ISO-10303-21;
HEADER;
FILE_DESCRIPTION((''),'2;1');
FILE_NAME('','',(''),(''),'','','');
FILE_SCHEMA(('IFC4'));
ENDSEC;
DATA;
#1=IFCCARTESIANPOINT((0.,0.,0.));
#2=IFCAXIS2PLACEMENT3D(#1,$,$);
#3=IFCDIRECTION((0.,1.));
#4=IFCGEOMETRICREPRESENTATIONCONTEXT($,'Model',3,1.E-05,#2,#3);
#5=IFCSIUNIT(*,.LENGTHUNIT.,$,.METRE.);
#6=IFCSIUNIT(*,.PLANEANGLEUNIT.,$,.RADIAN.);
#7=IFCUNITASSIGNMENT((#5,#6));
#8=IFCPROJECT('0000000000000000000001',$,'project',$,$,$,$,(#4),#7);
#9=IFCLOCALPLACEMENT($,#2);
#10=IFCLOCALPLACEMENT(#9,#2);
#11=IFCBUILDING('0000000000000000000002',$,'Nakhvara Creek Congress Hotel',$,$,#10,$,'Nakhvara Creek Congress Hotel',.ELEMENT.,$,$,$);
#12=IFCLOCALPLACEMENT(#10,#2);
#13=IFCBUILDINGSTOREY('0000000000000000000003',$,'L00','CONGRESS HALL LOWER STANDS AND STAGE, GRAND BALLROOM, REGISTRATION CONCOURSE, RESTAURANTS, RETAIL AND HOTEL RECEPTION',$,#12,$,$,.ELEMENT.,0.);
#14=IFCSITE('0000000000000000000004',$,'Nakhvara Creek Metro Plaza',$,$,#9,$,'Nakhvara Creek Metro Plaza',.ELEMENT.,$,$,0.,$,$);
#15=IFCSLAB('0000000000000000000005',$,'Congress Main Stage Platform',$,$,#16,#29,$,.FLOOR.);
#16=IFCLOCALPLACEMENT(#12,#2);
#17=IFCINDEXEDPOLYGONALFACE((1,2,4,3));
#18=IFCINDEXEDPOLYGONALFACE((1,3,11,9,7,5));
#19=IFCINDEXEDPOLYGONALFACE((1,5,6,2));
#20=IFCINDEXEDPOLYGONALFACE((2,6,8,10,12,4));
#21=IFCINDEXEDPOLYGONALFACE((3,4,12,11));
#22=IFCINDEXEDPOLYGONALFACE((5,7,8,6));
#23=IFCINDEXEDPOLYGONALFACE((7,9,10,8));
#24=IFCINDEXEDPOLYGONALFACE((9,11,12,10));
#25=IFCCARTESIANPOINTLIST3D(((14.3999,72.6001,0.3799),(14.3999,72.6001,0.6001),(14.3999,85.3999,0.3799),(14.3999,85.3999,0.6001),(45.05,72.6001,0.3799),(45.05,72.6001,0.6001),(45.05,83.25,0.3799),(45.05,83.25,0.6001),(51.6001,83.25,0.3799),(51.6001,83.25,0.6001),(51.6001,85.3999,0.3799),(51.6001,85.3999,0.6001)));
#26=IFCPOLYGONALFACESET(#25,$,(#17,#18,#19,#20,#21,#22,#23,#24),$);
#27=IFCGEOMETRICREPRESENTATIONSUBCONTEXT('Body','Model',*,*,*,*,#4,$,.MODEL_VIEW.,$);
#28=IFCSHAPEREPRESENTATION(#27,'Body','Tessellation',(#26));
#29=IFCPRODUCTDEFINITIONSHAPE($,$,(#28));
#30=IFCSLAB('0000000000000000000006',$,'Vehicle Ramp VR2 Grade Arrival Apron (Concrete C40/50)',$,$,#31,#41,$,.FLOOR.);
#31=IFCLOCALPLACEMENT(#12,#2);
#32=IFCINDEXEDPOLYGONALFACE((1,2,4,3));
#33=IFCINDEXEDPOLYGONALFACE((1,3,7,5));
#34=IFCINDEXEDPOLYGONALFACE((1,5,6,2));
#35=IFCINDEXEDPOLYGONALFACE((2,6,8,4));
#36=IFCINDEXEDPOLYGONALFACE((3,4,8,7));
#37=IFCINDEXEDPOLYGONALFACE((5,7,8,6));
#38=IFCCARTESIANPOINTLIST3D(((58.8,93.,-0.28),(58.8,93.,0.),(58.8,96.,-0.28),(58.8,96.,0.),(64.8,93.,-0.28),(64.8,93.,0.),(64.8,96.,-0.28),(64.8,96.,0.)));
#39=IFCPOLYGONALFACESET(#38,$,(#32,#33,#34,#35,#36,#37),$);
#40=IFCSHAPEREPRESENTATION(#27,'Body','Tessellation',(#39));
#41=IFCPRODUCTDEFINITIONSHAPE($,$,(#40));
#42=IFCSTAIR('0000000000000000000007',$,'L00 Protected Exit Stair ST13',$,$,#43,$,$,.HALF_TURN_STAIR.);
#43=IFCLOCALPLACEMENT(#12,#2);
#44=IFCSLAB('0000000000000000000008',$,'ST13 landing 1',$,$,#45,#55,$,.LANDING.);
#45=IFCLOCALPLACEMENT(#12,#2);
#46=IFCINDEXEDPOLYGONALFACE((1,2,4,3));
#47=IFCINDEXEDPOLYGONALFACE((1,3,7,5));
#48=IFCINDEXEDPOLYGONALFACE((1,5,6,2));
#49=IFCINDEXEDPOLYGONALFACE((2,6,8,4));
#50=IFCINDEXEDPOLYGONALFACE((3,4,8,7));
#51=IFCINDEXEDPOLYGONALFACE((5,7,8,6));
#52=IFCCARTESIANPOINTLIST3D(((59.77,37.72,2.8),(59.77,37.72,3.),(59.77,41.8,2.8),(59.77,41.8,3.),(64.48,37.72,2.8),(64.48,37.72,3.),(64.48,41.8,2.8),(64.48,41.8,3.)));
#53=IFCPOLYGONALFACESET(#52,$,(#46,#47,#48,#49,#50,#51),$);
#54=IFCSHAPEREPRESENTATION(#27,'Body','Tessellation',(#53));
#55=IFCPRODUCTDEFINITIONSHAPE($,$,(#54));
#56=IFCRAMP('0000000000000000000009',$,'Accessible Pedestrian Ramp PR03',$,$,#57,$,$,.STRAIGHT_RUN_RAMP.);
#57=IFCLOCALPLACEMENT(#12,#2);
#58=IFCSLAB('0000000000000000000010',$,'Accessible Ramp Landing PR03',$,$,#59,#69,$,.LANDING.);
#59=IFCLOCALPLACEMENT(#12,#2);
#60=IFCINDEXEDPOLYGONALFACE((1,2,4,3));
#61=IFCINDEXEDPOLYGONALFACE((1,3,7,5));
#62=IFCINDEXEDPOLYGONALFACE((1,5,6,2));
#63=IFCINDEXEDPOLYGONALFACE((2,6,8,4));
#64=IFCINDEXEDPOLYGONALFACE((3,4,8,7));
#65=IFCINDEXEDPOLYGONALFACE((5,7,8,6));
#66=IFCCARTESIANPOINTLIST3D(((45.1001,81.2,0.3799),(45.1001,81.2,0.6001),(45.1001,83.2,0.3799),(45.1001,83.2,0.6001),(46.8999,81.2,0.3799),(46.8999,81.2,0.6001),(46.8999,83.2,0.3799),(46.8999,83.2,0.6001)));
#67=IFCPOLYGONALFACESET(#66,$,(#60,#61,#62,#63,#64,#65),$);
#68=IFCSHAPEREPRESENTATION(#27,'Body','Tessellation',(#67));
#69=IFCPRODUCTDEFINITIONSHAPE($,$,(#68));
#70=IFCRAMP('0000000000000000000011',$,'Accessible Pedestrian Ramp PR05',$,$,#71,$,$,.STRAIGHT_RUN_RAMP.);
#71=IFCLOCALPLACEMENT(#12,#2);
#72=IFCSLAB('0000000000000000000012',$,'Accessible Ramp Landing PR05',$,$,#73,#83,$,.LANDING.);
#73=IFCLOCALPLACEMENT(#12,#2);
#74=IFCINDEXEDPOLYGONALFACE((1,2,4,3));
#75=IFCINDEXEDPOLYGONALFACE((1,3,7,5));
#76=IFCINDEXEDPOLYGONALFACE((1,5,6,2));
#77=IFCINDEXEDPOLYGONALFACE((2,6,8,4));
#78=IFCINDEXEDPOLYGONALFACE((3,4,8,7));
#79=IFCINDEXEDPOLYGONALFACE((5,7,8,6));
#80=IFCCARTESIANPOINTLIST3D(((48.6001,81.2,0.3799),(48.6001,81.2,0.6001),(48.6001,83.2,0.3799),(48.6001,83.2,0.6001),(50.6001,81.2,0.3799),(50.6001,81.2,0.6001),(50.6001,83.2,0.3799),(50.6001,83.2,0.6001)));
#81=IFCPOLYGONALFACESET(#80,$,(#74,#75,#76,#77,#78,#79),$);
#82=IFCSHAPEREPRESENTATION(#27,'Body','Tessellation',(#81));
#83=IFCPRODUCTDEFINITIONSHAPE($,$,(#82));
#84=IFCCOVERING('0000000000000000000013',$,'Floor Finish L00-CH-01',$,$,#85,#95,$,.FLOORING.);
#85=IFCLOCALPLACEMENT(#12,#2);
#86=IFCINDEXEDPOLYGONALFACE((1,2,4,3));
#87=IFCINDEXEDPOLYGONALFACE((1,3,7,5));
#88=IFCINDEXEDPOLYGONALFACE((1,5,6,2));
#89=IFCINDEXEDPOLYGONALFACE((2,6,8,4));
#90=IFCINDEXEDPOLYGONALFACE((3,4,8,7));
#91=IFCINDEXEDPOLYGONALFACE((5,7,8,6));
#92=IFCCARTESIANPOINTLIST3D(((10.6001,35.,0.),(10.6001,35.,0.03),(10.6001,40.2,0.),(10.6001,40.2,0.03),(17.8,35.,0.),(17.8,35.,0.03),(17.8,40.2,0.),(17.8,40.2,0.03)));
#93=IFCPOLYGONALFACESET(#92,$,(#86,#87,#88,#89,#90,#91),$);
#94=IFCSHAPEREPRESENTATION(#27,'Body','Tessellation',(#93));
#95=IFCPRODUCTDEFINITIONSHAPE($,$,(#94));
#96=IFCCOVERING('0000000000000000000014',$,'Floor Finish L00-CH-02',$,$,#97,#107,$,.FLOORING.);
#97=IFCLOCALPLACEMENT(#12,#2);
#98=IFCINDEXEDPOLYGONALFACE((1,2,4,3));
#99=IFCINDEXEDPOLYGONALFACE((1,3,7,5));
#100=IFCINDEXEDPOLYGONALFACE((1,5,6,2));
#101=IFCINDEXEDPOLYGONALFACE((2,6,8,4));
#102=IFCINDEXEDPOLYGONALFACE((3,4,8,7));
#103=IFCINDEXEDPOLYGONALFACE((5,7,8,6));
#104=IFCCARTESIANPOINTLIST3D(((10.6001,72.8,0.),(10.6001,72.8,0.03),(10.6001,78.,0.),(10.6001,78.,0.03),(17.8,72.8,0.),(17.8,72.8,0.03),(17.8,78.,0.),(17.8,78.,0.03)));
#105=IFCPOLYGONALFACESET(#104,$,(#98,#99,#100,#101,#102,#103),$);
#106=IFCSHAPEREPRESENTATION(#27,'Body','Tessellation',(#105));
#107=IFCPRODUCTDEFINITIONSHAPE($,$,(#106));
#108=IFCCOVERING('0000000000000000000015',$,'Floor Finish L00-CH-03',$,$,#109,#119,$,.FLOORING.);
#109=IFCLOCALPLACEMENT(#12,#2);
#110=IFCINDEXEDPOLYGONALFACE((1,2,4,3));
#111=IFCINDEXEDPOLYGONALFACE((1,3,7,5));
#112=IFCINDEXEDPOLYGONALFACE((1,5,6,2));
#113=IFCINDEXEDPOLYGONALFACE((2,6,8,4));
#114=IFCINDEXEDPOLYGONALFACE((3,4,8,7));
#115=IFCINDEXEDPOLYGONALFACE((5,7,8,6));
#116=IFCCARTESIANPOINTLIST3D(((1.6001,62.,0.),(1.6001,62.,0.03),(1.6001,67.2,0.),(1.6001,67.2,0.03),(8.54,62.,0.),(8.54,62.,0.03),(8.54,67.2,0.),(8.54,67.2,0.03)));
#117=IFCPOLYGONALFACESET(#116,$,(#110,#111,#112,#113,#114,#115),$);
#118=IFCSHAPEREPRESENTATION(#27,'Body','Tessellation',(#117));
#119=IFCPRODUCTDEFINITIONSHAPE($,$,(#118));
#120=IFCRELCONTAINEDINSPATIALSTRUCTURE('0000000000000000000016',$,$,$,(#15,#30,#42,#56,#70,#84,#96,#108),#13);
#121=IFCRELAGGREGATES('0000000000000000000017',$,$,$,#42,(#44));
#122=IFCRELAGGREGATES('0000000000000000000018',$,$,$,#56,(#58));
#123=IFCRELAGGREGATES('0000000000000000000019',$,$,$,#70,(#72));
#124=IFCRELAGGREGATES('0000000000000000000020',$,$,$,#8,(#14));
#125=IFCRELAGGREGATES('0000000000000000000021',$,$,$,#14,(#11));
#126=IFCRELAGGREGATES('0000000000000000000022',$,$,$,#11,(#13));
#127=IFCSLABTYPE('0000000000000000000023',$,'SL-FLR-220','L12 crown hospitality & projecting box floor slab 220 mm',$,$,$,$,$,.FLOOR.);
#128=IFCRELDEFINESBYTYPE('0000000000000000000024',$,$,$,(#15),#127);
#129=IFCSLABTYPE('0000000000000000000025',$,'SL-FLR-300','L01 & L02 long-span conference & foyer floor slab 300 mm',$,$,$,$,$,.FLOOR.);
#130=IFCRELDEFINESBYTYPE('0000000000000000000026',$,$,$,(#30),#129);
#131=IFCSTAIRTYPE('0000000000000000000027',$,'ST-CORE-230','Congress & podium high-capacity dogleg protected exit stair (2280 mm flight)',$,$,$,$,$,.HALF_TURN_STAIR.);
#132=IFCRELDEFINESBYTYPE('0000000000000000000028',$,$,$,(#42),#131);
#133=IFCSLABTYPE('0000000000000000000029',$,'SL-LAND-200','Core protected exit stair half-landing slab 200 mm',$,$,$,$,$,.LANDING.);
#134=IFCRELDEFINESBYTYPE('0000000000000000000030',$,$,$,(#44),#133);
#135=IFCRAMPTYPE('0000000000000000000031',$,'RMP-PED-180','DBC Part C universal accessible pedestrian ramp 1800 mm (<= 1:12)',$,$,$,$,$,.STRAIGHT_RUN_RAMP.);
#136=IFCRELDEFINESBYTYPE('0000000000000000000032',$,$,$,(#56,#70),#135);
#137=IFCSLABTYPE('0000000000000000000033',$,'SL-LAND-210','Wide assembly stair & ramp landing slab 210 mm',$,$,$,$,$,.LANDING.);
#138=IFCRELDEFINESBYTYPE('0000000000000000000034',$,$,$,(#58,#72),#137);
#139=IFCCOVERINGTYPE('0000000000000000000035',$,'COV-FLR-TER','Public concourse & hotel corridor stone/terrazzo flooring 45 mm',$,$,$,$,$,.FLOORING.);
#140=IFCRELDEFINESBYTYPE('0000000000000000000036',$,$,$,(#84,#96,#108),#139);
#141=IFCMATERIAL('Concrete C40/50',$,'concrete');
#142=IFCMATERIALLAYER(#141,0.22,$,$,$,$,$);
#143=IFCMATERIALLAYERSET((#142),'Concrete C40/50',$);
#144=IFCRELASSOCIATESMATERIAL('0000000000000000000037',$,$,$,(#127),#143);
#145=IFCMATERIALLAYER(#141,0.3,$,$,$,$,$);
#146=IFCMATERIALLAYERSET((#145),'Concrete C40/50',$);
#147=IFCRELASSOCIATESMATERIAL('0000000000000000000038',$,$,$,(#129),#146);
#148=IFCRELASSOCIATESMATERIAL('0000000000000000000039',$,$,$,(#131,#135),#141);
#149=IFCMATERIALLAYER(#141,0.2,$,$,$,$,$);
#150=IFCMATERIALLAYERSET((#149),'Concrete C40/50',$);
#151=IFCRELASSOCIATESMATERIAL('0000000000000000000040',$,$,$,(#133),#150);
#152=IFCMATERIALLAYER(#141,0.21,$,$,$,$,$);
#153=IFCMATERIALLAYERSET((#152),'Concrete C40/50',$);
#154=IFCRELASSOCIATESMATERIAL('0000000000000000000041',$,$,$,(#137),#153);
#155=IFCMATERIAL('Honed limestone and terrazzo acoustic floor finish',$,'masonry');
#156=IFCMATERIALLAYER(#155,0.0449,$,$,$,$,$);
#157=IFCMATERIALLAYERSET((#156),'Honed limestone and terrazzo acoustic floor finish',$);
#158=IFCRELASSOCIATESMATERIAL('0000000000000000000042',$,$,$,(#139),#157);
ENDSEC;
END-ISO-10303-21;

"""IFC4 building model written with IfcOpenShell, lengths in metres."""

from ifc_helpers import new_model, si_unit, direction, frame, origin, place, context, subcontext, project, spatial, polyline, outline, extrude, material, layer, layer_set, type_object, element, aggregate, save


model = new_model("IFC4")

# Units and contexts
model_context = context("Model", 3, precision=1e-05, world=origin(), true_north=direction((0.0, 1.0)))
body_context = subcontext(model_context, "Body", "Model", "MODEL_VIEW")
ifc_project = project(units=[si_unit("LENGTHUNIT", "METRE"), si_unit("PLANEANGLEUNIT", "RADIAN")], contexts=[model_context])

# Site, building, storey
site_placement = place(None, origin())
site = spatial("IfcSite", under=ifc_project, at=site_placement, Name="Nakhvara Creek Metro Plaza", LongName="Nakhvara Creek Metro Plaza", CompositionType="ELEMENT", RefElevation=0.0)
building_placement = place(site_placement, origin())
building = spatial("IfcBuilding", under=site, at=building_placement, Name="Nakhvara Creek Congress Hotel", LongName="Nakhvara Creek Congress Hotel", CompositionType="ELEMENT")
storey_placement = place(building_placement, origin())
storey = spatial("IfcBuildingStorey", under=building, at=storey_placement, Name="L00", Description="CONGRESS HALL LOWER STANDS AND STAGE, GRAND BALLROOM, REGISTRATION CONCOURSE, RESTAURANTS, RETAIL AND HOTEL RECEPTION", CompositionType="ELEMENT", Elevation=0.0)

# Slabs
ifc_material_1 = material(Name="Concrete C40/50", Category="concrete")
ifc_layer_1 = layer(ifc_material_1, 0.22)
ifc_layer_set_1 = layer_set([ifc_layer_1], Name="Concrete C40/50")
slab_type_1 = type_object("IfcSlabType", Name="SL-FLR-220", Description="L12 crown hospitality & projecting box floor slab 220 mm", PredefinedType="FLOOR", material=ifc_layer_set_1)
slab_1_placement = place(storey_placement, frame((0.0, 0.0, 0.3799)))
element("IfcSlab", 1, at=slab_1_placement, inside=storey, type_object=slab_type_1, Name="Congress Main Stage Platform", PredefinedType="FLOOR", context=body_context, shape_type="SweptSolid", body=[
    extrude(outline(polyline([(14.3999, 72.6001), (45.05, 72.6001), (45.05, 83.25), (51.6001, 83.25), (51.6001, 85.3999), (14.3999, 85.3999), (14.3999, 72.6001)])), origin(), (0.0, 0.0, 1.0), 0.2202),
])
ifc_layer_2 = layer(ifc_material_1, 0.3)
ifc_layer_set_2 = layer_set([ifc_layer_2], Name="Concrete C40/50")
slab_type_2 = type_object("IfcSlabType", Name="SL-FLR-300", Description="L01 & L02 long-span conference & foyer floor slab 300 mm", PredefinedType="FLOOR", material=ifc_layer_set_2)
slab_2_placement = place(storey_placement, frame((0.0, 0.0, -0.28)))
element("IfcSlab", 2, at=slab_2_placement, inside=storey, type_object=slab_type_2, Name="Vehicle Ramp VR2 Grade Arrival Apron (Concrete C40/50)", PredefinedType="FLOOR", context=body_context, shape_type="SweptSolid", body=[
    extrude(outline(polyline([(58.8, 93.0), (64.8, 93.0), (64.8, 96.0), (58.8, 96.0), (58.8, 93.0)])), origin(), (0.0, 0.0, 1.0), 0.28),
])

# Stair, slab
stair_type = type_object("IfcStairType", Name="ST-CORE-230", Description="Congress & podium high-capacity dogleg protected exit stair (2280 mm flight)", PredefinedType="HALF_TURN_STAIR", material=ifc_material_1)
stair_placement = place(storey_placement, origin())
stair = element("IfcStair", 3, at=stair_placement, inside=storey, type_object=stair_type, Name="L00 Protected Exit Stair ST13", PredefinedType="HALF_TURN_STAIR")
ifc_layer_3 = layer(ifc_material_1, 0.2)
ifc_layer_set_3 = layer_set([ifc_layer_3], Name="Concrete C40/50")
slab_type_3 = type_object("IfcSlabType", Name="SL-LAND-200", Description="Core protected exit stair half-landing slab 200 mm", PredefinedType="LANDING", material=ifc_layer_set_3)
slab_3_placement = place(storey_placement, frame((0.0, 0.0, 2.8)))
slab_3 = element("IfcSlab", 4, at=slab_3_placement, type_object=slab_type_3, Name="ST13 landing 1", PredefinedType="LANDING", context=body_context, shape_type="SweptSolid", body=[
    extrude(outline(polyline([(64.48, 37.72), (64.48, 41.8), (59.77, 41.8), (59.77, 37.72), (64.48, 37.72)])), origin(), (0.0, 0.0, 1.0), 0.2),
])
aggregate(stair, [slab_3])

# Ramps, slabs
ramp_type = type_object("IfcRampType", Name="RMP-PED-180", Description="DBC Part C universal accessible pedestrian ramp 1800 mm (<= 1:12)", PredefinedType="STRAIGHT_RUN_RAMP", material=ifc_material_1)
ramp_1_placement = place(storey_placement, origin())
ramp_1 = element("IfcRamp", 5, at=ramp_1_placement, inside=storey, type_object=ramp_type, Name="Accessible Pedestrian Ramp PR03", PredefinedType="STRAIGHT_RUN_RAMP")
ifc_layer_4 = layer(ifc_material_1, 0.21)
ifc_layer_set_4 = layer_set([ifc_layer_4], Name="Concrete C40/50")
slab_type_4 = type_object("IfcSlabType", Name="SL-LAND-210", Description="Wide assembly stair & ramp landing slab 210 mm", PredefinedType="LANDING", material=ifc_layer_set_4)
slab_4_placement = place(storey_placement, frame((0.0, 0.0, 0.3799)))
slab_4 = element("IfcSlab", 6, at=slab_4_placement, type_object=slab_type_4, Name="Accessible Ramp Landing PR03", PredefinedType="LANDING", context=body_context, shape_type="SweptSolid", body=[
    extrude(outline(polyline([(45.1001, 81.2), (46.8999, 81.2), (46.8999, 83.2), (45.1001, 83.2), (45.1001, 81.2)])), origin(), (0.0, 0.0, 1.0), 0.2202),
])
aggregate(ramp_1, [slab_4])
ramp_2_placement = place(storey_placement, origin())
ramp_2 = element("IfcRamp", 7, at=ramp_2_placement, inside=storey, type_object=ramp_type, Name="Accessible Pedestrian Ramp PR05", PredefinedType="STRAIGHT_RUN_RAMP")
slab_5_placement = place(storey_placement, frame((0.0, 0.0, 0.3799)))
slab_5 = element("IfcSlab", 8, at=slab_5_placement, type_object=slab_type_4, Name="Accessible Ramp Landing PR05", PredefinedType="LANDING", context=body_context, shape_type="SweptSolid", body=[
    extrude(outline(polyline([(48.6001, 81.2), (50.6001, 81.2), (50.6001, 83.2), (48.6001, 83.2), (48.6001, 81.2)])), origin(), (0.0, 0.0, 1.0), 0.2202),
])
aggregate(ramp_2, [slab_5])

# Coverings
ifc_material_2 = material(Name="Honed limestone and terrazzo acoustic floor finish", Category="masonry")
ifc_layer_5 = layer(ifc_material_2, 0.0449)
ifc_layer_set_5 = layer_set([ifc_layer_5], Name="Honed limestone and terrazzo acoustic floor finish")
covering_type = type_object("IfcCoveringType", Name="COV-FLR-TER", Description="Public concourse & hotel corridor stone/terrazzo flooring 45 mm", PredefinedType="FLOORING", material=ifc_layer_set_5)
covering_1_placement = place(storey_placement, origin())
element("IfcCovering", 9, at=covering_1_placement, inside=storey, type_object=covering_type, Name="Floor Finish L00-CH-01", PredefinedType="FLOORING", context=body_context, shape_type="SweptSolid", body=[
    extrude(outline(polyline([(10.6001, 35.0), (17.8, 35.0), (17.8, 40.2), (10.6001, 40.2), (10.6001, 35.0)])), origin(), (0.0, 0.0, 1.0), 0.03),
])
covering_2_placement = place(storey_placement, origin())
element("IfcCovering", 10, at=covering_2_placement, inside=storey, type_object=covering_type, Name="Floor Finish L00-CH-02", PredefinedType="FLOORING", context=body_context, shape_type="SweptSolid", body=[
    extrude(outline(polyline([(10.6001, 72.8), (17.8, 72.8), (17.8, 78.0), (10.6001, 78.0), (10.6001, 72.8)])), origin(), (0.0, 0.0, 1.0), 0.03),
])
covering_3_placement = place(storey_placement, origin())
element("IfcCovering", 11, at=covering_3_placement, inside=storey, type_object=covering_type, Name="Floor Finish L00-CH-03", PredefinedType="FLOORING", context=body_context, shape_type="SweptSolid", body=[
    extrude(outline(polyline([(1.6001, 62.0), (8.54, 62.0), (8.54, 67.2), (1.6001, 67.2), (1.6001, 62.0)])), origin(), (0.0, 0.0, 1.0), 0.03),
])

save(model, "model.ifc")
